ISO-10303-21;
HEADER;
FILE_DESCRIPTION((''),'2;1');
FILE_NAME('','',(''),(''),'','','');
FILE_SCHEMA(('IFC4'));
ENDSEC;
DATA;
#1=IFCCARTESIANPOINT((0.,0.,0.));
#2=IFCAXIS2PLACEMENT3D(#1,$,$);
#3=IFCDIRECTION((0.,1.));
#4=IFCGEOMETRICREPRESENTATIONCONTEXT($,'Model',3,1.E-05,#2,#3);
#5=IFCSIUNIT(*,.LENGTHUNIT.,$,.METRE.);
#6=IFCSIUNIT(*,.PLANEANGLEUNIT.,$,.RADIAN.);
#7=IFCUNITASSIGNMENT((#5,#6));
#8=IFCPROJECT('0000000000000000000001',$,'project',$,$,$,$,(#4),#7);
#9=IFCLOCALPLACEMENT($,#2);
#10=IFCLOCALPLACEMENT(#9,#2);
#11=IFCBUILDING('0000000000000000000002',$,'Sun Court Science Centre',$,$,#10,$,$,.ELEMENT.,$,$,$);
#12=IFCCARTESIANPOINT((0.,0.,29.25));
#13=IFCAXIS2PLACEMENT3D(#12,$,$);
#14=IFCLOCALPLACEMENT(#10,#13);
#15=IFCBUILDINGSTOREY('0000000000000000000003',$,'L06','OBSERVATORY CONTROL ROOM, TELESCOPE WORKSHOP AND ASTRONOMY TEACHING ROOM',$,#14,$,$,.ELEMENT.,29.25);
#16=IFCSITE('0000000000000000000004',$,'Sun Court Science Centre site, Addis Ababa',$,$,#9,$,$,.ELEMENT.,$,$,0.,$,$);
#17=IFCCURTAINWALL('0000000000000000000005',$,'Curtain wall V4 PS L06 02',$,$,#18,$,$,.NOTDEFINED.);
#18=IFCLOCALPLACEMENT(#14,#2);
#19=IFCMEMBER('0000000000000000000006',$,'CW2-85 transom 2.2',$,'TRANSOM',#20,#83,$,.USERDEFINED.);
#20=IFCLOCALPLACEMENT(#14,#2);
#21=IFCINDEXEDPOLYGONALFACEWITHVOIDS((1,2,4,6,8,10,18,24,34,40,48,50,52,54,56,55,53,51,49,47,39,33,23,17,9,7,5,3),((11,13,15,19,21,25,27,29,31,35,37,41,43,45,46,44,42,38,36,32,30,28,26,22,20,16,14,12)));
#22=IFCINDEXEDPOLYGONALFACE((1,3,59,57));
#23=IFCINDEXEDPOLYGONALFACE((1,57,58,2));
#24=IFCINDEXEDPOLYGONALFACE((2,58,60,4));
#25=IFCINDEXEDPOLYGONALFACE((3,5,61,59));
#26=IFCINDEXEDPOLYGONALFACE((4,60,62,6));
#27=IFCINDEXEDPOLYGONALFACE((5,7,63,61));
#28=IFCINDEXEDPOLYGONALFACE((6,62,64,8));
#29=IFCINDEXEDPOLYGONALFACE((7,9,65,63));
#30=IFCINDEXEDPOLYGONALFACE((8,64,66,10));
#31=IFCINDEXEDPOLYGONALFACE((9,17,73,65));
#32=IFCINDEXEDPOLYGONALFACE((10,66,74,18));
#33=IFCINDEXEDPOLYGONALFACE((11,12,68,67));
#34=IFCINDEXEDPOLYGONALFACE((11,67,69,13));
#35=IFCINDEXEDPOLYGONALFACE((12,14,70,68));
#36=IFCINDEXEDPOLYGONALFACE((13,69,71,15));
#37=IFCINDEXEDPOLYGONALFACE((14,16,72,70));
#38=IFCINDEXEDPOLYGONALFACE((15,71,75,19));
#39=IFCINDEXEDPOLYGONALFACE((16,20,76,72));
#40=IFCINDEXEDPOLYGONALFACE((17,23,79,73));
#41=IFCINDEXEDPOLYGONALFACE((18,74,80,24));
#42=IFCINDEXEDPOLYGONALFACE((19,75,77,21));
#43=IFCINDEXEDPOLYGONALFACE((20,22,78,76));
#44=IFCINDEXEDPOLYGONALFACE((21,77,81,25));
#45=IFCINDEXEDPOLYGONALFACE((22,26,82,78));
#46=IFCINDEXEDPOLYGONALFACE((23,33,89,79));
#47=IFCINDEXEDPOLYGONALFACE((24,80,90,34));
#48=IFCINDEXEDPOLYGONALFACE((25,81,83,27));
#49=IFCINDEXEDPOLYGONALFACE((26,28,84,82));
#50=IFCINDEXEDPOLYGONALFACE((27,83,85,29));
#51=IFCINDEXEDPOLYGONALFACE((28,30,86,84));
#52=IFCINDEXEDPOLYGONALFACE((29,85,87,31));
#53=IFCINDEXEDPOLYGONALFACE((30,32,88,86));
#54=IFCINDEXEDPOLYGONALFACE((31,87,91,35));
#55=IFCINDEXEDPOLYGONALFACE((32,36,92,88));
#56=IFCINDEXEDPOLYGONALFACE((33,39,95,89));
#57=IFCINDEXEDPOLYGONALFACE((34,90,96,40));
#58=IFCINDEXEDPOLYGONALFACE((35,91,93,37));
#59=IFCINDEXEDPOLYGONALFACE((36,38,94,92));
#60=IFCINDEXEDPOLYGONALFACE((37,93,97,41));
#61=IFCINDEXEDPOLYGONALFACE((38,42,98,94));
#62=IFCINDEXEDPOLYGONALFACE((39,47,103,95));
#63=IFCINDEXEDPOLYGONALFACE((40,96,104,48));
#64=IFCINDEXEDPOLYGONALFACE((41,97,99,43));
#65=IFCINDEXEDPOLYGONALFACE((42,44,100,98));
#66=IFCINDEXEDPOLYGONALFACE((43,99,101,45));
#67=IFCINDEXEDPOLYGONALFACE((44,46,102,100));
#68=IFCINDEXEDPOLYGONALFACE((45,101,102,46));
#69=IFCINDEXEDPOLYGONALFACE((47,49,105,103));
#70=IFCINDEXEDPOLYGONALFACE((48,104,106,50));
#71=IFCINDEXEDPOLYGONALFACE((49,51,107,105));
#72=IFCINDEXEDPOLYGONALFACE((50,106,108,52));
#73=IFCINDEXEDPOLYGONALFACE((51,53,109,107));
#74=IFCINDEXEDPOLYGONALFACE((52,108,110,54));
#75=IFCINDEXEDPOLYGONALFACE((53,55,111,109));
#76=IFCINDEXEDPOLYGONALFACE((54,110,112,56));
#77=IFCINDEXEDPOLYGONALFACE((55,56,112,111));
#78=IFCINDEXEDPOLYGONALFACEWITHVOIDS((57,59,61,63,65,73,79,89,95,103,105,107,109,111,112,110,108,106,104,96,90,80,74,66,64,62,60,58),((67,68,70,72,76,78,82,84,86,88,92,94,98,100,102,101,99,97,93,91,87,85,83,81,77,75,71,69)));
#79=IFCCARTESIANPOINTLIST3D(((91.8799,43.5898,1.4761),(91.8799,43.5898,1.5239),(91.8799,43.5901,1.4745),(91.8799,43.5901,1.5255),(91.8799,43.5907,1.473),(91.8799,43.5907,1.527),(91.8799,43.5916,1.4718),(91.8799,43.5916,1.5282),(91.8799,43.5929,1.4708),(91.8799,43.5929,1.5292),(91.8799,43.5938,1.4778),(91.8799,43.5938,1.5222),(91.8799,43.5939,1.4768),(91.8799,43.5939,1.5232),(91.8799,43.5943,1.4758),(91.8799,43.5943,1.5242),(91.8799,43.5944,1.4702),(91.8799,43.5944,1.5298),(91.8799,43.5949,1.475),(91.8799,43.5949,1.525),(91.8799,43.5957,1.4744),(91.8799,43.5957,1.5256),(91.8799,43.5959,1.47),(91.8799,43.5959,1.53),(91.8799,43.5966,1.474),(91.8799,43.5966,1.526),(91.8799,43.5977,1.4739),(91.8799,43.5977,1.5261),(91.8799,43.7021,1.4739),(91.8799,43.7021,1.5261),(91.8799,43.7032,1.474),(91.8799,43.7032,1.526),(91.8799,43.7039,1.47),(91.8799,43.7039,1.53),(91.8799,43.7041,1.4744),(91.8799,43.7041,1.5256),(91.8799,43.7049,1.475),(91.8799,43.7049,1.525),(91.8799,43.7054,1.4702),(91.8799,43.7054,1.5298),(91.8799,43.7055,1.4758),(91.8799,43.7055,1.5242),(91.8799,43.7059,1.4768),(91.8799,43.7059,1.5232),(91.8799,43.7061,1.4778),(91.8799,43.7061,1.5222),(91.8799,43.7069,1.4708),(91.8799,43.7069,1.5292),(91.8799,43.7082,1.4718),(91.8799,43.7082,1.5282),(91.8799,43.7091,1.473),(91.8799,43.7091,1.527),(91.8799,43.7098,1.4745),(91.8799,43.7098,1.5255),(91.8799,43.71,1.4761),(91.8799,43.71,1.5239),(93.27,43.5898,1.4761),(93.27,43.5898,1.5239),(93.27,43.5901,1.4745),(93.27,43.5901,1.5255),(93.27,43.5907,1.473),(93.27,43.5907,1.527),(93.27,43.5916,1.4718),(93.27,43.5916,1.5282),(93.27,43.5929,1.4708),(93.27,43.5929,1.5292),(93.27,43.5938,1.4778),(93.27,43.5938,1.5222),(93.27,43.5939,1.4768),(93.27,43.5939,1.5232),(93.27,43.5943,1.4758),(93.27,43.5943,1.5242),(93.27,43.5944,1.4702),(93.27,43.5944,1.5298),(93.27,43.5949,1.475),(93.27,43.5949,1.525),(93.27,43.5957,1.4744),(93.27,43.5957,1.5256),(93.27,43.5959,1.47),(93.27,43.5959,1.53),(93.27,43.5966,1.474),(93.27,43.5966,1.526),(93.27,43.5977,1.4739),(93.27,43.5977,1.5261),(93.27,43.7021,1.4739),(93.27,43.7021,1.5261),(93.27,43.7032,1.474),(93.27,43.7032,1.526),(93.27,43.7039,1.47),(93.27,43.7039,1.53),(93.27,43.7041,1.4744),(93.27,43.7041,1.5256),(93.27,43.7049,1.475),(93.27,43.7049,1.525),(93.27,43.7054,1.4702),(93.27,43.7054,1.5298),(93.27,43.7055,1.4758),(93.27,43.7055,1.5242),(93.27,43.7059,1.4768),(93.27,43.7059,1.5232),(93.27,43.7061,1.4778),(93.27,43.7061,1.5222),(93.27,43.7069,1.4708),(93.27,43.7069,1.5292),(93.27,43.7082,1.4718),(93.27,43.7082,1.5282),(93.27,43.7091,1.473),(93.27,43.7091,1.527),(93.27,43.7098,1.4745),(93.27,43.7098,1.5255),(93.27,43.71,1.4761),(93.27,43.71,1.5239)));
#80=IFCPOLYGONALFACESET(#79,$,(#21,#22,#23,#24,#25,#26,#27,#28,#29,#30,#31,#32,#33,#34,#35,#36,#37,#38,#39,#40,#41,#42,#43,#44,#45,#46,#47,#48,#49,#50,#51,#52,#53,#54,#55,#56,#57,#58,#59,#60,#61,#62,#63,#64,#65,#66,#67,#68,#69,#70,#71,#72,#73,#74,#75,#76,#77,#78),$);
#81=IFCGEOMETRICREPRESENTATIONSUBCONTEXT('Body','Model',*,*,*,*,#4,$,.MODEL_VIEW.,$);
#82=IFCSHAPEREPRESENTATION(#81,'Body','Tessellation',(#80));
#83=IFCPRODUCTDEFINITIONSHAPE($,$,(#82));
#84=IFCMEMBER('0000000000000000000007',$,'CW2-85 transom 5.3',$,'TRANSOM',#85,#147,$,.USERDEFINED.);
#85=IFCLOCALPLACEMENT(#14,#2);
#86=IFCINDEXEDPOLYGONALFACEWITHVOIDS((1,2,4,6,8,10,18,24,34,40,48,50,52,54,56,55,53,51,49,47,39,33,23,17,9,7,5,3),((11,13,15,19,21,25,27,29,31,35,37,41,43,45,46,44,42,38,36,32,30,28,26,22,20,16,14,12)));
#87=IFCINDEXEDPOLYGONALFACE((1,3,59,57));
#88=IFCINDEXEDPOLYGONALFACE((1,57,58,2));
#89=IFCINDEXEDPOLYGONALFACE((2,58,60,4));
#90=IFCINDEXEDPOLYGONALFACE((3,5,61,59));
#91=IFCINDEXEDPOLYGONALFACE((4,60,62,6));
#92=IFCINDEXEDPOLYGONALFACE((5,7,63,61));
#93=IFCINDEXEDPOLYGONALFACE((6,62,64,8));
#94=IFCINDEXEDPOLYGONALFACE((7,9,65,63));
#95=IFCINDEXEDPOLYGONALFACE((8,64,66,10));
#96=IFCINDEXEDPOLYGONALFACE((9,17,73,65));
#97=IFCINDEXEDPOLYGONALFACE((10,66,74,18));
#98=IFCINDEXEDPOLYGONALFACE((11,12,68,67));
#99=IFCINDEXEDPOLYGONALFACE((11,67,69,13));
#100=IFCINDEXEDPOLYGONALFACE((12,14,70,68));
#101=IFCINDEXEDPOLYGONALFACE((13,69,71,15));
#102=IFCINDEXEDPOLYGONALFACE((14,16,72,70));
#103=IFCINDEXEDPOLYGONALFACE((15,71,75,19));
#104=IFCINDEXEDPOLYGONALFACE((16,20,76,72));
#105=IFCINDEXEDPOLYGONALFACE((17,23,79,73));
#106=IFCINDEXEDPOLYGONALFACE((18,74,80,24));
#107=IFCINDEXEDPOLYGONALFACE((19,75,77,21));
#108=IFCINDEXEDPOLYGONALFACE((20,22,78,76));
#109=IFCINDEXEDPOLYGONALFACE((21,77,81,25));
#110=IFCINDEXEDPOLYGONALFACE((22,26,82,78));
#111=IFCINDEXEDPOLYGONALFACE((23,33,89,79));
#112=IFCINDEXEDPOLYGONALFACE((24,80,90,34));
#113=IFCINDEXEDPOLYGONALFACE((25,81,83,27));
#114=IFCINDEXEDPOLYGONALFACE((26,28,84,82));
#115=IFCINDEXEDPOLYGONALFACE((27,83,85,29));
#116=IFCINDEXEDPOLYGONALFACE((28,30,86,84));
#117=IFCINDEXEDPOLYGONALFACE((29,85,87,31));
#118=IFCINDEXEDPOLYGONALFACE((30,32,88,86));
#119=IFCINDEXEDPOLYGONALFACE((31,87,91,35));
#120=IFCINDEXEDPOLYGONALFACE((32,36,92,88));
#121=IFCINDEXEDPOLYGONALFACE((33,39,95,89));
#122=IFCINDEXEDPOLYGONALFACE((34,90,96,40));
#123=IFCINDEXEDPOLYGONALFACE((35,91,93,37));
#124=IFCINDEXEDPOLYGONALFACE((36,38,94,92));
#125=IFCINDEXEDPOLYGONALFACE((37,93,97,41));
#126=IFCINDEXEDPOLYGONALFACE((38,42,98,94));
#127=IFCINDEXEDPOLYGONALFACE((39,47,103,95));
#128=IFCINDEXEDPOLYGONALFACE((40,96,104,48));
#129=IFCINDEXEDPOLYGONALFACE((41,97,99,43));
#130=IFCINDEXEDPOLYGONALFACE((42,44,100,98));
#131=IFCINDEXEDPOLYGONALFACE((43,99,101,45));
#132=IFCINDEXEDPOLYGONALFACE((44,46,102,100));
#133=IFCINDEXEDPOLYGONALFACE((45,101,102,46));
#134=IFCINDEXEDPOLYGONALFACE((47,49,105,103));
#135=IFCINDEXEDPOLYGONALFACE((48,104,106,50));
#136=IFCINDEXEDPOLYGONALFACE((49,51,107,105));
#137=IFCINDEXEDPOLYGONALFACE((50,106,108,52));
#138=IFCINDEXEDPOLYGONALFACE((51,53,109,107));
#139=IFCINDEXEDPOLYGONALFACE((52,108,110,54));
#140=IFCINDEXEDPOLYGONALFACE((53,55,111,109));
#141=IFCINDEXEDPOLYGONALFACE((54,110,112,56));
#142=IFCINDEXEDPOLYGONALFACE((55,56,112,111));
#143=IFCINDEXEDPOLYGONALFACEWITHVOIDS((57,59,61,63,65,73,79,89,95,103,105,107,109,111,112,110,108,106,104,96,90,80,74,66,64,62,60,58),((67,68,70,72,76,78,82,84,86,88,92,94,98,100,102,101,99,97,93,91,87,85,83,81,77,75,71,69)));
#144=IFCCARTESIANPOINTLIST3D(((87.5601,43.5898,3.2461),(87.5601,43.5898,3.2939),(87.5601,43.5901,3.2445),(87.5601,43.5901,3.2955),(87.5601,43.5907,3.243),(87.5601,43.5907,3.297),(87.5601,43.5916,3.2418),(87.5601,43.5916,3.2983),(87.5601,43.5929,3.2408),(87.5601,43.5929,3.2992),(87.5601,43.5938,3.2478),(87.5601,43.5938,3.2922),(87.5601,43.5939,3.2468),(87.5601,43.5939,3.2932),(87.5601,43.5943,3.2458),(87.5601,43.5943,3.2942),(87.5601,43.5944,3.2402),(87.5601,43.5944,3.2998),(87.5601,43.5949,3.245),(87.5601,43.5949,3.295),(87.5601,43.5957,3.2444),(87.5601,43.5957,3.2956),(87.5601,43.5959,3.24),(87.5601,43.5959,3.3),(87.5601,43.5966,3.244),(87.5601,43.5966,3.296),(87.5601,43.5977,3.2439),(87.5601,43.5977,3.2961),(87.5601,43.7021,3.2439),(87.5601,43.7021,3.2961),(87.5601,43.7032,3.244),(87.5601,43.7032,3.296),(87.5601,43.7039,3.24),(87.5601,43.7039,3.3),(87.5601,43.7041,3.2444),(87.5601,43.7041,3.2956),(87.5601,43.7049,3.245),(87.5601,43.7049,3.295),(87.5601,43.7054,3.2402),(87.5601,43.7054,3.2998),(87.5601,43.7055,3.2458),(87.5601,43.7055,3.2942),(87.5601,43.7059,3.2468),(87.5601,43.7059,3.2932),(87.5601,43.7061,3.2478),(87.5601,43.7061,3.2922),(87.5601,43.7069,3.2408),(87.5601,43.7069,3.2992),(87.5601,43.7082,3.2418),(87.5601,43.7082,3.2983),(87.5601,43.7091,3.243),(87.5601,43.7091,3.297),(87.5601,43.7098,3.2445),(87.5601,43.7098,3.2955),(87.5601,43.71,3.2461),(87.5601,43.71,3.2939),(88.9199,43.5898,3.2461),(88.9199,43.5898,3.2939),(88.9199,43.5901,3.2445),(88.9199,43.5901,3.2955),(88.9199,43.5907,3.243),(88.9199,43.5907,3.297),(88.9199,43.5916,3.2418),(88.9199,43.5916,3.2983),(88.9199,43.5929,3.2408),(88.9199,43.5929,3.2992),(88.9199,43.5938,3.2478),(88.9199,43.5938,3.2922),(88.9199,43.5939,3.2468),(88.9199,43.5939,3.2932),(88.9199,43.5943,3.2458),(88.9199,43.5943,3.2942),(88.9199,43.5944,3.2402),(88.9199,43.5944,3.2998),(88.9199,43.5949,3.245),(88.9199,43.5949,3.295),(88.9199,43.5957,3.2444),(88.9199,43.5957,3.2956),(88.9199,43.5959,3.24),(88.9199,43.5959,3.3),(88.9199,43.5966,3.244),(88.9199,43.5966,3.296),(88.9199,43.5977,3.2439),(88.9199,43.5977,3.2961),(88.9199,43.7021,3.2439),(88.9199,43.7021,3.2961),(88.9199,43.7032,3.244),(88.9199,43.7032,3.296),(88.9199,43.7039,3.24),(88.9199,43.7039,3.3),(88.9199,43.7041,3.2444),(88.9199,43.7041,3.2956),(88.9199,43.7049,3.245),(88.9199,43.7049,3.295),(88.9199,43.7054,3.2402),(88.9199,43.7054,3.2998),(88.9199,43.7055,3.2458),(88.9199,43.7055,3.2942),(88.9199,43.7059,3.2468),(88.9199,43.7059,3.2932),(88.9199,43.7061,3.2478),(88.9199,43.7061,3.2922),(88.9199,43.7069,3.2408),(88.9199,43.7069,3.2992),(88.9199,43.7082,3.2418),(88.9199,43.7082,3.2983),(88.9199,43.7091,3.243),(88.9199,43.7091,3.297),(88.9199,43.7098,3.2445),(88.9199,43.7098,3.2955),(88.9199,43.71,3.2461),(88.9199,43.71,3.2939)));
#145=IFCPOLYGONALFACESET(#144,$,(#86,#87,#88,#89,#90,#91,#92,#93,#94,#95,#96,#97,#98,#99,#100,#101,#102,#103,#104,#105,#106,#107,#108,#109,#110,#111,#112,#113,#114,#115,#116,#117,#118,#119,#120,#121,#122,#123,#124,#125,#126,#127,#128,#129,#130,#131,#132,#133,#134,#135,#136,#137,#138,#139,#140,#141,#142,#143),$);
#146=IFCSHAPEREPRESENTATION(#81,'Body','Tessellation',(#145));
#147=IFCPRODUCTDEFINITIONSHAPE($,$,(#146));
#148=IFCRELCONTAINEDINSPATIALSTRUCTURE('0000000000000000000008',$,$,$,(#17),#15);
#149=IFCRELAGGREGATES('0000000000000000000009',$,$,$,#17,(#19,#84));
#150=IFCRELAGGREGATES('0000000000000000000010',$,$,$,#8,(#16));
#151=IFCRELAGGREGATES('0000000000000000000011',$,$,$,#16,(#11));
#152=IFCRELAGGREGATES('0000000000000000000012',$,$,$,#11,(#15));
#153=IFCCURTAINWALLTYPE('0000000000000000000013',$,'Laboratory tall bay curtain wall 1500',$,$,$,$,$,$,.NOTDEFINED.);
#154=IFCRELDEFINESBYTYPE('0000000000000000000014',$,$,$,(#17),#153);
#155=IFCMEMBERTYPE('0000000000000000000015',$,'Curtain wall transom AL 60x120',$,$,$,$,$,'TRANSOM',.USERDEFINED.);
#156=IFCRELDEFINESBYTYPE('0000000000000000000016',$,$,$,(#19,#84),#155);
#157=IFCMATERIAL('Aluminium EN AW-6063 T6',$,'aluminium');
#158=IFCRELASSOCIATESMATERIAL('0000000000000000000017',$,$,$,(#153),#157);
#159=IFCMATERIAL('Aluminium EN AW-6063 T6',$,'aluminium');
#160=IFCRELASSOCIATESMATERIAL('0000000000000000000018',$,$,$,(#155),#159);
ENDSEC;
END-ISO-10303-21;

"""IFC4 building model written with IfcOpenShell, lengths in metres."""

from ifc_helpers import new_model, si_unit, direction, frame, origin, origin_2d, place, context, subcontext, project, spatial, hollow_rectangle, extrude, material, material_profile, profile_set, type_object, element, aggregate, save


model = new_model("IFC4")

# Units and contexts
model_context = context("Model", 3, precision=1e-05, world=origin(), true_north=direction((0.0, 1.0)))
body_context = subcontext(model_context, "Body", "Model", "MODEL_VIEW")
ifc_project = project(units=[si_unit("LENGTHUNIT", "METRE"), si_unit("PLANEANGLEUNIT", "RADIAN")], contexts=[model_context])

# Site, building, storey
site_placement = place(None, origin())
site = spatial("IfcSite", under=ifc_project, at=site_placement, Name="Sun Court Science Centre site, Addis Ababa", CompositionType="ELEMENT", RefElevation=0.0)
building_placement = place(site_placement, origin())
building = spatial("IfcBuilding", under=site, at=building_placement, Name="Sun Court Science Centre", CompositionType="ELEMENT")
storey_placement = place(building_placement, frame((0.0, 0.0, 29.25)))
storey = spatial("IfcBuildingStorey", under=building, at=storey_placement, Name="L06", Description="OBSERVATORY CONTROL ROOM, TELESCOPE WORKSHOP AND ASTRONOMY TEACHING ROOM", CompositionType="ELEMENT", Elevation=29.25)

# Curtain wall, members
ifc_material_1 = material(Name="Aluminium EN AW-6063 T6", Category="aluminium")
curtain_wall_type = type_object("IfcCurtainWallType", Name="Laboratory tall bay curtain wall 1500", PredefinedType="NOTDEFINED", material=ifc_material_1)
curtain_wall_placement = place(storey_placement, origin())
curtain_wall = element("IfcCurtainWall", 1, at=curtain_wall_placement, inside=storey, type_object=curtain_wall_type, Name="Curtain wall V4 PS L06 02", PredefinedType="NOTDEFINED")
ifc_material_2 = material(Name="Aluminium EN AW-6063 T6", Category="aluminium")
ifc_material_profile_1 = material_profile(ifc_material_2, hollow_rectangle(XDim=0.0601, YDim=0.1201, WallThickness=0.0039, InnerFilletRadius=0.0039, OuterFilletRadius=0.0061, at=origin_2d()), Name="AL 60x120x4")
ifc_profile_set_1 = profile_set([ifc_material_profile_1], Name="Aluminium EN AW-6063 T6")
member_type_1 = type_object("IfcMemberType", Name="Curtain wall transom AL 60x120", ElementType="TRANSOM", PredefinedType="USERDEFINED", material=ifc_profile_set_1)
member_1_placement = place(storey_placement, frame((93.27, 43.6499, 1.5), z_axis=(-1.0, 0.0, 0.0), x_axis=(0.0, 0.0, 1.0)))
member_1 = element("IfcMember", 2, at=member_1_placement, type_object=member_type_1, Name="CW2-85 transom 2.2", ObjectType="TRANSOM", PredefinedType="USERDEFINED", context=body_context, shape_type="SweptSolid", body=[
    extrude(hollow_rectangle(XDim=0.0601, YDim=0.1201, WallThickness=0.0039, InnerFilletRadius=0.0039, OuterFilletRadius=0.0061, at=origin_2d()), origin(), (0.0, 0.0, 1.0), 1.3901),
])
member_2_placement = place(storey_placement, frame((88.9199, 43.6499, 3.27), z_axis=(-1.0, 0.0, 0.0), x_axis=(0.0, 0.0, 1.0)))
member_2 = element("IfcMember", 3, at=member_2_placement, type_object=member_type_1, Name="CW2-85 transom 5.3", ObjectType="TRANSOM", PredefinedType="USERDEFINED", context=body_context, shape_type="SweptSolid", body=[
    extrude(hollow_rectangle(XDim=0.0601, YDim=0.1201, WallThickness=0.0039, InnerFilletRadius=0.0039, OuterFilletRadius=0.0061, at=origin_2d()), origin(), (0.0, 0.0, 1.0), 1.3599),
])
aggregate(curtain_wall, [member_1, member_2])

save(model, "model.ifc")
